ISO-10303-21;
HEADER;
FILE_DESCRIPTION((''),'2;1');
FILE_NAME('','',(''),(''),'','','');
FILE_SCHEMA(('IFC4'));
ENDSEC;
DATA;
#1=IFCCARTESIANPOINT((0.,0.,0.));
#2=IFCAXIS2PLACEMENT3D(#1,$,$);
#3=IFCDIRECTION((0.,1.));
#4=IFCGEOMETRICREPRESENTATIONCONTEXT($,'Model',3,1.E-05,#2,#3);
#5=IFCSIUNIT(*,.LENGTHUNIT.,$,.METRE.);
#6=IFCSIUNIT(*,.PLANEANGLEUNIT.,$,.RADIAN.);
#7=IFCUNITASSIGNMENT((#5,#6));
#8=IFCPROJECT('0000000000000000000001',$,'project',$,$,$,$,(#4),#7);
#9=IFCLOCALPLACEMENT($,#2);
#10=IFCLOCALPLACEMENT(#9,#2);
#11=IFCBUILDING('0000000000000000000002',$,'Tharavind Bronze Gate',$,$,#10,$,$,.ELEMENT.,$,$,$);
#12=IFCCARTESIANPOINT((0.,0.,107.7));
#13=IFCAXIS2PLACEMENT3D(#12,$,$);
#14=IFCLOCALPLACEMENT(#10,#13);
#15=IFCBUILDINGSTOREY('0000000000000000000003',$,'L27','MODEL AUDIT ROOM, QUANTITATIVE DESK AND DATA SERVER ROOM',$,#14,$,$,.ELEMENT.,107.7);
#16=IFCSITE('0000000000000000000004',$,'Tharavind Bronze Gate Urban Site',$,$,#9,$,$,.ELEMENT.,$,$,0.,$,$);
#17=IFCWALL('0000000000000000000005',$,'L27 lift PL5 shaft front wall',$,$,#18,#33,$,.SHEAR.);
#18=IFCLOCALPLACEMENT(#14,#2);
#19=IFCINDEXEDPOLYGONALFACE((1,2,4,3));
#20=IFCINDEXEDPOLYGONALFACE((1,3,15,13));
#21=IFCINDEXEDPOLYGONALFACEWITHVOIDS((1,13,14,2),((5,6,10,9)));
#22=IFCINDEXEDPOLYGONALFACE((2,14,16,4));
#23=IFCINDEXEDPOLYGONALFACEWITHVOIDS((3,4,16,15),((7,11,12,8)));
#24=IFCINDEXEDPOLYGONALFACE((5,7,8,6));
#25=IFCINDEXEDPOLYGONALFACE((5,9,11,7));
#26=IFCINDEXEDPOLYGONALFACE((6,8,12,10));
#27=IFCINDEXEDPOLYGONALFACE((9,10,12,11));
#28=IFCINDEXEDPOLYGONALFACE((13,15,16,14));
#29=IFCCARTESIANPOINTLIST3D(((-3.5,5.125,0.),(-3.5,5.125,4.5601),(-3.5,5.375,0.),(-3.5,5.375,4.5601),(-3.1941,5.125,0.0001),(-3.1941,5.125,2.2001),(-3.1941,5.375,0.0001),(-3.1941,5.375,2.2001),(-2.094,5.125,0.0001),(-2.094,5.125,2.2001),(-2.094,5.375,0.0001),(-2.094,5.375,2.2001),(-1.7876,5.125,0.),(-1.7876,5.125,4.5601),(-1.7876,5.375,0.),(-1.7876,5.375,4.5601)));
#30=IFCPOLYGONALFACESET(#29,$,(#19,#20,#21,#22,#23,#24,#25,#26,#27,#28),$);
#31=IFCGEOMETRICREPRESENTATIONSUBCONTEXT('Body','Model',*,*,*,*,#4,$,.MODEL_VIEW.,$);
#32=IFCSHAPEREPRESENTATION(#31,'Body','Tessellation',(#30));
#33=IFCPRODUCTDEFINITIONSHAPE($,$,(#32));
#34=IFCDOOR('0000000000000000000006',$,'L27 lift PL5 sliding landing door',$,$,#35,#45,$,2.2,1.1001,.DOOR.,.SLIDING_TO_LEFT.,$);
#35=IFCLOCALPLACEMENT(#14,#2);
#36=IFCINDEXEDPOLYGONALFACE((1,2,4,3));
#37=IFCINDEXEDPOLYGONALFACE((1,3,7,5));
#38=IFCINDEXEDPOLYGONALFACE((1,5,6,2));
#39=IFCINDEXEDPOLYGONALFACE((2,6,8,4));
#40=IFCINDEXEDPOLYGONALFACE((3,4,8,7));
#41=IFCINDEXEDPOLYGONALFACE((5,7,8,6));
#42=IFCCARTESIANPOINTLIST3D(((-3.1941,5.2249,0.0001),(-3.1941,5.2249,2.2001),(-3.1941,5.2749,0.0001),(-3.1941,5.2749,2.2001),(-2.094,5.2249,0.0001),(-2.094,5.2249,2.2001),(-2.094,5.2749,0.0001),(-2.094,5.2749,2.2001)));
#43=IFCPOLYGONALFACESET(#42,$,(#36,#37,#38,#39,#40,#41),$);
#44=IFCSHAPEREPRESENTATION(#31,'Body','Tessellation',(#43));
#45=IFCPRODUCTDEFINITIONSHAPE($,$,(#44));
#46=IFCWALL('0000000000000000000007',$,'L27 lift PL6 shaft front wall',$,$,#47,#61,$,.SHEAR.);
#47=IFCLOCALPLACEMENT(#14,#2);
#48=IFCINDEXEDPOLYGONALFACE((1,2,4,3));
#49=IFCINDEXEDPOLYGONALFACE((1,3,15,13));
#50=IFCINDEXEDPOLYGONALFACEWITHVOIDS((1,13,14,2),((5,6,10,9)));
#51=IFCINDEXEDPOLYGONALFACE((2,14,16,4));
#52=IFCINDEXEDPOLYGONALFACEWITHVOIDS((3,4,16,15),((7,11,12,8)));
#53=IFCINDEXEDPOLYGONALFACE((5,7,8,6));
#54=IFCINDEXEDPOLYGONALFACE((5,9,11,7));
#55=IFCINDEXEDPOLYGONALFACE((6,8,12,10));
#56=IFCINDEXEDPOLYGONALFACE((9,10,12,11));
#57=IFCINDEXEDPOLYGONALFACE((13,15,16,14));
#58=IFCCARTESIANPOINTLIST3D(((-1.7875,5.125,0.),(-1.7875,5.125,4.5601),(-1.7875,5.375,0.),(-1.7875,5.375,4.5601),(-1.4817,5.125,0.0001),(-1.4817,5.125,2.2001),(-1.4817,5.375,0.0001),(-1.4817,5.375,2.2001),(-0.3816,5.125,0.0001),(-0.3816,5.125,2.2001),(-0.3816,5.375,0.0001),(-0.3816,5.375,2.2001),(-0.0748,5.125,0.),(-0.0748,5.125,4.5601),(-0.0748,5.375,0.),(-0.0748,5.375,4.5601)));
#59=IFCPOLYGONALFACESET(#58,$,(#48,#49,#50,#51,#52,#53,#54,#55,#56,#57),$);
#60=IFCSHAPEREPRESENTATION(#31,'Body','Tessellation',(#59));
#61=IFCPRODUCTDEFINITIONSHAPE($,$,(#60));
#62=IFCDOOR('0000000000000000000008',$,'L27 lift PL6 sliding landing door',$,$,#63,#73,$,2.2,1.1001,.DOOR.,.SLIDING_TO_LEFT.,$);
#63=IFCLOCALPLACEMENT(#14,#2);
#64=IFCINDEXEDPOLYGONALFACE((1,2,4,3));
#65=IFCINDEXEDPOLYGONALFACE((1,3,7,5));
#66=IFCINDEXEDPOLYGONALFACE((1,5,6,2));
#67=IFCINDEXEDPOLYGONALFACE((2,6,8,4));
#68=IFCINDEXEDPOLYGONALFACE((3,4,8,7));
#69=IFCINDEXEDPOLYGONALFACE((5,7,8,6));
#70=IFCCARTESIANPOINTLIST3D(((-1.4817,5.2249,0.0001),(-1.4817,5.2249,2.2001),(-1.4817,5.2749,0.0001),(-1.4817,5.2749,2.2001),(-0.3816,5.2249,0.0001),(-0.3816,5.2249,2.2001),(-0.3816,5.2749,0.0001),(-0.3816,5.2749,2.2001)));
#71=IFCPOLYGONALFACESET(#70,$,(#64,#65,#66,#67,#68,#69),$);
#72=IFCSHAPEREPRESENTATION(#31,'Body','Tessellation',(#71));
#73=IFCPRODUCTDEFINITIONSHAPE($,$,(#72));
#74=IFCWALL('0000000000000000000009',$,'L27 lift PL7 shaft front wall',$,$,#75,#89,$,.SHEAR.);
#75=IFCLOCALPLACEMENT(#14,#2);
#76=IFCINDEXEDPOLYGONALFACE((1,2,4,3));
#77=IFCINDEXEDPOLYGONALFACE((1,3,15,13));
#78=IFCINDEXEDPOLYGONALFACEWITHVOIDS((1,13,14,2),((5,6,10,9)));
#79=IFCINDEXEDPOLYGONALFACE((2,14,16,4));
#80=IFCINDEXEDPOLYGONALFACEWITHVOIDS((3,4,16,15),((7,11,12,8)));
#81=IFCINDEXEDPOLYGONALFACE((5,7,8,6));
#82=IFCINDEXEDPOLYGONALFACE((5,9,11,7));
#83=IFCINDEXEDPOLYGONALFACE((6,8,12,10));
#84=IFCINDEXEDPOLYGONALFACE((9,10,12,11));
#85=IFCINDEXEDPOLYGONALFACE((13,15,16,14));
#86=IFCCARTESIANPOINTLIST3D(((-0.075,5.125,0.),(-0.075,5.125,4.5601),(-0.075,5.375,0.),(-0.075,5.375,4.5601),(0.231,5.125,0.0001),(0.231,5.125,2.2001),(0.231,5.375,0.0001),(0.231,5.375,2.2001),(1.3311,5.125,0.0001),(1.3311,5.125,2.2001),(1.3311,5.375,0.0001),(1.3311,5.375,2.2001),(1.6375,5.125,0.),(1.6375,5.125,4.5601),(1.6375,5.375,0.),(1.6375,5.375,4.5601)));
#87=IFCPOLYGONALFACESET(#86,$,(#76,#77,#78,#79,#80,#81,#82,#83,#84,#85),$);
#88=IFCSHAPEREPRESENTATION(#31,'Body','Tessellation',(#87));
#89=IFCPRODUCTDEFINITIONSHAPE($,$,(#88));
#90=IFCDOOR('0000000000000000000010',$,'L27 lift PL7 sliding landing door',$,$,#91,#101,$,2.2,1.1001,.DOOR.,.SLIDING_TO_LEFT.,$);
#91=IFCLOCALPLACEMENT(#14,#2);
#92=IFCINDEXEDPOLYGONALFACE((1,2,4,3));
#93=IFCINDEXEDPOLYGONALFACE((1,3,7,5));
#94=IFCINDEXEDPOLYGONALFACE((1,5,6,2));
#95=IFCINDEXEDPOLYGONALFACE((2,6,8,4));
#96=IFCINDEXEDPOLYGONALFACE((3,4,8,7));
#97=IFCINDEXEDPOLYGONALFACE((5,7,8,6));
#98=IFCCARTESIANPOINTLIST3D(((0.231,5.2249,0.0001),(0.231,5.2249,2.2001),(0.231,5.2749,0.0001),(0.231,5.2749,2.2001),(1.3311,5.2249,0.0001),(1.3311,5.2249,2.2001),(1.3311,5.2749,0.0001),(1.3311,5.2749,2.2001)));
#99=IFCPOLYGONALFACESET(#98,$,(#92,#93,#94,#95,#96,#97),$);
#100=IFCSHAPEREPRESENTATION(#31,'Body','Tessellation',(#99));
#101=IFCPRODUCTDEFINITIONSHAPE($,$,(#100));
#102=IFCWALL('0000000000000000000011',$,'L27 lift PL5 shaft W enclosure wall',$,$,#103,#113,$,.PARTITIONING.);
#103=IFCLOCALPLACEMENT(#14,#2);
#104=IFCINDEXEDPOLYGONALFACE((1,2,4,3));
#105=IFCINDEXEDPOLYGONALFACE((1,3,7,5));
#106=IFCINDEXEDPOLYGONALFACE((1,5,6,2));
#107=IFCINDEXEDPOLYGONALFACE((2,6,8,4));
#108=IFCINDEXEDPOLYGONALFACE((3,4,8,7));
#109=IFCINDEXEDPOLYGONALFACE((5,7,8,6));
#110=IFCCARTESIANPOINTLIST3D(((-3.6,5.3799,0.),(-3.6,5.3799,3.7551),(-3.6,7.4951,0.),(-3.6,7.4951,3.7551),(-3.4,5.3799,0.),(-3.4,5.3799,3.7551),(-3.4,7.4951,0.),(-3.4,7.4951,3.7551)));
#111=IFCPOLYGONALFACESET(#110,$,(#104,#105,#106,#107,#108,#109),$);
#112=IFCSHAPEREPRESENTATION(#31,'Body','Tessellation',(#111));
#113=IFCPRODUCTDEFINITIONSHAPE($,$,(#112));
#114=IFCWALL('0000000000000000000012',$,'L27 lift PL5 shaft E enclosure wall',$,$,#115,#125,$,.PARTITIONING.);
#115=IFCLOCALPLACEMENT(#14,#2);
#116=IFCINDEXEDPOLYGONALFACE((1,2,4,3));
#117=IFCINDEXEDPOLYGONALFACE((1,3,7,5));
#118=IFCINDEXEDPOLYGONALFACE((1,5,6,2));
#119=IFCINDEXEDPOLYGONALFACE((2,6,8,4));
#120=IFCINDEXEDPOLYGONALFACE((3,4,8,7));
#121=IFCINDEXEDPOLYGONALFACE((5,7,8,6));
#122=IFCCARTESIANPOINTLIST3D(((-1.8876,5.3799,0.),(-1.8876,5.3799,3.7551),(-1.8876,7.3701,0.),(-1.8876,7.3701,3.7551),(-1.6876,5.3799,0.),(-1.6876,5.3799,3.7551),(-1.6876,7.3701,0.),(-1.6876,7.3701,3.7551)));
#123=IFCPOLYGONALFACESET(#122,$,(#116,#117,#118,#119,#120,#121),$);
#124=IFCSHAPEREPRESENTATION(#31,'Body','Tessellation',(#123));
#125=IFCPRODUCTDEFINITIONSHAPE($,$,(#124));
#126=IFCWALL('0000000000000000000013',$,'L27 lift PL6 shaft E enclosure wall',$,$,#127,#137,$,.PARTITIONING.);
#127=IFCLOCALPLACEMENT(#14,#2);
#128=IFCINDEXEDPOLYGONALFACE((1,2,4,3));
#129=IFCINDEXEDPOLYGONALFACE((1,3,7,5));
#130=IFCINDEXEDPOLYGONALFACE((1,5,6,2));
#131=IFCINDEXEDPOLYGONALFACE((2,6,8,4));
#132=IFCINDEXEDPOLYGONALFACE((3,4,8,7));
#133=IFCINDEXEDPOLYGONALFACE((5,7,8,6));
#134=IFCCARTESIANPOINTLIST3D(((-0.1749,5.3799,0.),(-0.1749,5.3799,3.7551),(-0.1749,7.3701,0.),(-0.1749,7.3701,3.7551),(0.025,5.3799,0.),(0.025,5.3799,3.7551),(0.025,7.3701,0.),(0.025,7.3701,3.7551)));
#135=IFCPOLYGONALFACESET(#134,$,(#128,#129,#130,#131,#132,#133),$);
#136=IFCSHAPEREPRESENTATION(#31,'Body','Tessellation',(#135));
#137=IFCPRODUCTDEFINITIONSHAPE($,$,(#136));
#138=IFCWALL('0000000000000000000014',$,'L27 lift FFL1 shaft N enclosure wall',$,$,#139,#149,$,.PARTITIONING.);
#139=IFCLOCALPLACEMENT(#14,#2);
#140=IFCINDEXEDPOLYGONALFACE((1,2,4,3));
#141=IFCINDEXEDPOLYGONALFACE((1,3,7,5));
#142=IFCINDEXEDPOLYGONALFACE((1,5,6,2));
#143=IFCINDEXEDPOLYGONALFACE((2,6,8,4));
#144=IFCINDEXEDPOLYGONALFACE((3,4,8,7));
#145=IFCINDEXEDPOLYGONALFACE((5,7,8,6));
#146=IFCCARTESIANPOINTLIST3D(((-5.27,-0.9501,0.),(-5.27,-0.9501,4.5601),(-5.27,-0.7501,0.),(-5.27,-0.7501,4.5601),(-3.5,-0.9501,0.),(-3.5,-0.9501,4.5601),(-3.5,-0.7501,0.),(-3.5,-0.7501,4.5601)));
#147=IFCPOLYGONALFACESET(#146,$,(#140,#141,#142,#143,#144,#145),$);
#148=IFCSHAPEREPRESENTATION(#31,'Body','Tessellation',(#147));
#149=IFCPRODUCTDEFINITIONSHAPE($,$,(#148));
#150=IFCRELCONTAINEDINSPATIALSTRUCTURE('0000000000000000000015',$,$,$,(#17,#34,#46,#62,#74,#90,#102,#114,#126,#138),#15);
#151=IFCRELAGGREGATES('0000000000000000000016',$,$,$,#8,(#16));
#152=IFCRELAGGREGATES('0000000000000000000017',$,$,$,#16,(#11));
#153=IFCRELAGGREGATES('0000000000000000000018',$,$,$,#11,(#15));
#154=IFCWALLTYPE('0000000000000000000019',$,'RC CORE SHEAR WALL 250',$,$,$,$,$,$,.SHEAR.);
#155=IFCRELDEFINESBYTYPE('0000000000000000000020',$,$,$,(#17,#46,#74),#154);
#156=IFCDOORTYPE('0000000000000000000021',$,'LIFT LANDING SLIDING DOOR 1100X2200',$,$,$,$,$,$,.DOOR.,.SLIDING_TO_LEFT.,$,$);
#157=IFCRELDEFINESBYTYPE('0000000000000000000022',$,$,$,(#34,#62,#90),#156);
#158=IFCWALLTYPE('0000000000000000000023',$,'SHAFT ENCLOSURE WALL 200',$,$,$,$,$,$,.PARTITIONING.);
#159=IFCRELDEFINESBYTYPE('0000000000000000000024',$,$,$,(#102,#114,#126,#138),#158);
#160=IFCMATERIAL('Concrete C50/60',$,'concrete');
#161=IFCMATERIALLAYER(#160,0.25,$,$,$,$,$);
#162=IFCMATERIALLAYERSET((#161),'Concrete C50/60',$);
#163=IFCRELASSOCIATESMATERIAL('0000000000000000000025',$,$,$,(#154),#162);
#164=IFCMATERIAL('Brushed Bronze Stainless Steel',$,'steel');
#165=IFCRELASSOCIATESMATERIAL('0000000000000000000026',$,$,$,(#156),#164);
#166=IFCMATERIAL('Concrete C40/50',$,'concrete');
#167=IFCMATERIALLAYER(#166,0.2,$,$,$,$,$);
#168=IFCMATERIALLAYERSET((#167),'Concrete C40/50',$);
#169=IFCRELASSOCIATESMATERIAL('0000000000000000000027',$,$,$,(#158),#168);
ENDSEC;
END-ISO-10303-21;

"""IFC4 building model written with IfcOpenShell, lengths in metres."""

from ifc_helpers import new_model, si_unit, direction, frame, frame_2d, origin, place, context, subcontext, project, spatial, rectangle, extrude, material, layer, layer_set, type_object, element, fill, save


model = new_model("IFC4")

# Units and contexts
model_context = context("Model", 3, precision=1e-05, world=origin(), true_north=direction((0.0, 1.0)))
body_context = subcontext(model_context, "Body", "Model", "MODEL_VIEW")
ifc_project = project(units=[si_unit("LENGTHUNIT", "METRE"), si_unit("PLANEANGLEUNIT", "RADIAN")], contexts=[model_context])

# Site, building, storey
site_placement = place(None, origin())
site = spatial("IfcSite", under=ifc_project, at=site_placement, Name="Tharavind Bronze Gate Urban Site", CompositionType="ELEMENT", RefElevation=0.0)
building_placement = place(site_placement, origin())
building = spatial("IfcBuilding", under=site, at=building_placement, Name="Tharavind Bronze Gate", CompositionType="ELEMENT")
storey_placement = place(building_placement, frame((0.0, 0.0, 107.7)))
storey = spatial("IfcBuildingStorey", under=building, at=storey_placement, Name="L27", Description="MODEL AUDIT ROOM, QUANTITATIVE DESK AND DATA SERVER ROOM", CompositionType="ELEMENT", Elevation=107.7)

# Shared definitions
ifc_material_1 = material(Name="Concrete C50/60", Category="concrete")
ifc_layer_1 = layer(ifc_material_1, 0.25)
ifc_layer_set_1 = layer_set([ifc_layer_1], Name="Concrete C50/60")
wall_type_1 = type_object("IfcWallType", Name="RC CORE SHEAR WALL 250", PredefinedType="SHEAR", material=ifc_layer_set_1)

# Walls, openings, doors
wall_1_placement = place(storey_placement, frame((-3.5, 5.25, 0.0), z_axis=(0.0, 0.0, 1.0), x_axis=(1.0, 0.0, 0.0)))
wall_1 = element("IfcWall", 1, at=wall_1_placement, inside=storey, type_object=wall_type_1, Name="L27 lift PL5 shaft front wall", PredefinedType="SHEAR", context=body_context, shape_type="SweptSolid", body=[
    extrude(rectangle(XDim=1.7124, YDim=0.25, at=frame_2d((0.8562, 0.0))), origin(), (0.0, 0.0, 1.0), 4.5601),
])
opening_1_placement = place(wall_1_placement, frame((0.3059, 0.0, 0.0)))
opening_1 = element("IfcOpeningElement", 2, at=opening_1_placement, cuts=wall_1, PredefinedType="OPENING", context=body_context, shape_type="SweptSolid", body=[
    extrude(rectangle(XDim=1.1001, YDim=2.2, at=frame_2d((0.55, 1.1001))), frame((0.0, 0.135, 0.0), z_axis=(0.0, -1.0, 0.0), x_axis=(1.0, 0.0, 0.0)), (0.0, 0.0, 1.0), 0.27),
])
ifc_material_2 = material(Name="Brushed Bronze Stainless Steel", Category="steel")
door_type_1 = type_object("IfcDoorType", Name="LIFT LANDING SLIDING DOOR 1100X2200", OperationType="SLIDING_TO_LEFT", PredefinedType="DOOR", material=ifc_material_2)
door_1_placement = place(opening_1_placement, origin())
door_1 = element("IfcDoor", 3, at=door_1_placement, inside=storey, type_object=door_type_1, Name="L27 lift PL5 sliding landing door", OperationType="SLIDING_TO_LEFT", OverallHeight=2.2, OverallWidth=1.1001, PredefinedType="DOOR", context=body_context, shape_type="SweptSolid", body=[
    extrude(rectangle(XDim=1.1001, YDim=2.2, at=frame_2d((0.55, 1.1001))), frame((0.0, 0.0249, 0.0), z_axis=(0.0, -1.0, 0.0), x_axis=(1.0, 0.0, 0.0)), (0.0, 0.0, 1.0), 0.05),
])
fill(opening_1, door_1)
wall_2_placement = place(storey_placement, frame((-1.7876, 5.25, 0.0), z_axis=(0.0, 0.0, 1.0), x_axis=(1.0, 0.0, 0.0)))
wall_2 = element("IfcWall", 4, at=wall_2_placement, inside=storey, type_object=wall_type_1, Name="L27 lift PL6 shaft front wall", PredefinedType="SHEAR", context=body_context, shape_type="SweptSolid", body=[
    extrude(rectangle(XDim=1.7126, YDim=0.25, at=frame_2d((0.8564, 0.0))), origin(), (0.0, 0.0, 1.0), 4.5601),
])
opening_2_placement = place(wall_2_placement, frame((0.3059, 0.0, 0.0)))
opening_2 = element("IfcOpeningElement", 5, at=opening_2_placement, cuts=wall_2, PredefinedType="OPENING", context=body_context, shape_type="SweptSolid", body=[
    extrude(rectangle(XDim=1.1001, YDim=2.2, at=frame_2d((0.55, 1.1001))), frame((0.0, 0.135, 0.0), z_axis=(0.0, -1.0, 0.0), x_axis=(1.0, 0.0, 0.0)), (0.0, 0.0, 1.0), 0.27),
])
door_2_placement = place(opening_2_placement, origin())
door_2 = element("IfcDoor", 6, at=door_2_placement, inside=storey, type_object=door_type_1, Name="L27 lift PL6 sliding landing door", OperationType="SLIDING_TO_LEFT", OverallHeight=2.2, OverallWidth=1.1001, PredefinedType="DOOR", context=body_context, shape_type="SweptSolid", body=[
    extrude(rectangle(XDim=1.1001, YDim=2.2, at=frame_2d((0.55, 1.1001))), frame((0.0, 0.0249, 0.0), z_axis=(0.0, -1.0, 0.0), x_axis=(1.0, 0.0, 0.0)), (0.0, 0.0, 1.0), 0.05),
])
fill(opening_2, door_2)
wall_3_placement = place(storey_placement, frame((-0.075, 5.25, 0.0), z_axis=(0.0, 0.0, 1.0), x_axis=(1.0, 0.0, 0.0)))
wall_3 = element("IfcWall", 7, at=wall_3_placement, inside=storey, type_object=wall_type_1, Name="L27 lift PL7 shaft front wall", PredefinedType="SHEAR", context=body_context, shape_type="SweptSolid", body=[
    extrude(rectangle(XDim=1.7124, YDim=0.25, at=frame_2d((0.8562, 0.0))), origin(), (0.0, 0.0, 1.0), 4.5601),
])
opening_3_placement = place(wall_3_placement, frame((0.3059, 0.0, 0.0)))
opening_3 = element("IfcOpeningElement", 8, at=opening_3_placement, cuts=wall_3, PredefinedType="OPENING", context=body_context, shape_type="SweptSolid", body=[
    extrude(rectangle(XDim=1.1001, YDim=2.2, at=frame_2d((0.55, 1.1001))), frame((0.0, 0.135, 0.0), z_axis=(0.0, -1.0, 0.0), x_axis=(1.0, 0.0, 0.0)), (0.0, 0.0, 1.0), 0.27),
])
door_3_placement = place(opening_3_placement, origin())
door_3 = element("IfcDoor", 9, at=door_3_placement, inside=storey, type_object=door_type_1, Name="L27 lift PL7 sliding landing door", OperationType="SLIDING_TO_LEFT", OverallHeight=2.2, OverallWidth=1.1001, PredefinedType="DOOR", context=body_context, shape_type="SweptSolid", body=[
    extrude(rectangle(XDim=1.1001, YDim=2.2, at=frame_2d((0.55, 1.1001))), frame((0.0, 0.0249, 0.0), z_axis=(0.0, -1.0, 0.0), x_axis=(1.0, 0.0, 0.0)), (0.0, 0.0, 1.0), 0.05),
])
fill(opening_3, door_3)

# Walls
ifc_material_3 = material(Name="Concrete C40/50", Category="concrete")
ifc_layer_2 = layer(ifc_material_3, 0.2)
ifc_layer_set_2 = layer_set([ifc_layer_2], Name="Concrete C40/50")
wall_type_2 = type_object("IfcWallType", Name="SHAFT ENCLOSURE WALL 200", PredefinedType="PARTITIONING", material=ifc_layer_set_2)
wall_4_placement = place(storey_placement, frame((-3.5, 5.3799, 0.0), z_axis=(0.0, 0.0, 1.0), x_axis=(0.0, 1.0, 0.0)))
element("IfcWall", 10, at=wall_4_placement, inside=storey, type_object=wall_type_2, Name="L27 lift PL5 shaft W enclosure wall", PredefinedType="PARTITIONING", context=body_context, shape_type="SweptSolid", body=[
    extrude(rectangle(XDim=2.1152, YDim=0.2, at=frame_2d((1.0576, 0.0))), origin(), (0.0, 0.0, 1.0), 3.7551),
])
for number, where, z_axis, x_axis, name in (
    (11, (-1.7876, 5.3799, 0.0), (0.0, 0.0, 1.0), (0.0, 1.0, 0.0), "L27 lift PL5 shaft E enclosure wall"),
    (12, (-0.075, 5.3799, 0.0), (0.0, 0.0, 1.0), (0.0, 1.0, 0.0), "L27 lift PL6 shaft E enclosure wall"),
):
    element("IfcWall", number, at=place(storey_placement, frame(where, z_axis=z_axis, x_axis=x_axis)), inside=storey, type_object=wall_type_2, Name=name, PredefinedType="PARTITIONING", context=body_context, shape_type="SweptSolid", body=[
        extrude(rectangle(XDim=1.9902, YDim=0.2, at=frame_2d((0.9951, 0.0))), origin(), (0.0, 0.0, 1.0), 3.7551),
    ])
wall_5_placement = place(storey_placement, frame((-5.27, -0.8501, 0.0), z_axis=(0.0, 0.0, 1.0), x_axis=(1.0, 0.0, 0.0)))
element("IfcWall", 13, at=wall_5_placement, inside=storey, type_object=wall_type_2, Name="L27 lift FFL1 shaft N enclosure wall", PredefinedType="PARTITIONING", context=body_context, shape_type="SweptSolid", body=[
    extrude(rectangle(XDim=1.77, YDim=0.2, at=frame_2d((0.885, 0.0))), origin(), (0.0, 0.0, 1.0), 4.5601),
])

save(model, "model.ifc")
